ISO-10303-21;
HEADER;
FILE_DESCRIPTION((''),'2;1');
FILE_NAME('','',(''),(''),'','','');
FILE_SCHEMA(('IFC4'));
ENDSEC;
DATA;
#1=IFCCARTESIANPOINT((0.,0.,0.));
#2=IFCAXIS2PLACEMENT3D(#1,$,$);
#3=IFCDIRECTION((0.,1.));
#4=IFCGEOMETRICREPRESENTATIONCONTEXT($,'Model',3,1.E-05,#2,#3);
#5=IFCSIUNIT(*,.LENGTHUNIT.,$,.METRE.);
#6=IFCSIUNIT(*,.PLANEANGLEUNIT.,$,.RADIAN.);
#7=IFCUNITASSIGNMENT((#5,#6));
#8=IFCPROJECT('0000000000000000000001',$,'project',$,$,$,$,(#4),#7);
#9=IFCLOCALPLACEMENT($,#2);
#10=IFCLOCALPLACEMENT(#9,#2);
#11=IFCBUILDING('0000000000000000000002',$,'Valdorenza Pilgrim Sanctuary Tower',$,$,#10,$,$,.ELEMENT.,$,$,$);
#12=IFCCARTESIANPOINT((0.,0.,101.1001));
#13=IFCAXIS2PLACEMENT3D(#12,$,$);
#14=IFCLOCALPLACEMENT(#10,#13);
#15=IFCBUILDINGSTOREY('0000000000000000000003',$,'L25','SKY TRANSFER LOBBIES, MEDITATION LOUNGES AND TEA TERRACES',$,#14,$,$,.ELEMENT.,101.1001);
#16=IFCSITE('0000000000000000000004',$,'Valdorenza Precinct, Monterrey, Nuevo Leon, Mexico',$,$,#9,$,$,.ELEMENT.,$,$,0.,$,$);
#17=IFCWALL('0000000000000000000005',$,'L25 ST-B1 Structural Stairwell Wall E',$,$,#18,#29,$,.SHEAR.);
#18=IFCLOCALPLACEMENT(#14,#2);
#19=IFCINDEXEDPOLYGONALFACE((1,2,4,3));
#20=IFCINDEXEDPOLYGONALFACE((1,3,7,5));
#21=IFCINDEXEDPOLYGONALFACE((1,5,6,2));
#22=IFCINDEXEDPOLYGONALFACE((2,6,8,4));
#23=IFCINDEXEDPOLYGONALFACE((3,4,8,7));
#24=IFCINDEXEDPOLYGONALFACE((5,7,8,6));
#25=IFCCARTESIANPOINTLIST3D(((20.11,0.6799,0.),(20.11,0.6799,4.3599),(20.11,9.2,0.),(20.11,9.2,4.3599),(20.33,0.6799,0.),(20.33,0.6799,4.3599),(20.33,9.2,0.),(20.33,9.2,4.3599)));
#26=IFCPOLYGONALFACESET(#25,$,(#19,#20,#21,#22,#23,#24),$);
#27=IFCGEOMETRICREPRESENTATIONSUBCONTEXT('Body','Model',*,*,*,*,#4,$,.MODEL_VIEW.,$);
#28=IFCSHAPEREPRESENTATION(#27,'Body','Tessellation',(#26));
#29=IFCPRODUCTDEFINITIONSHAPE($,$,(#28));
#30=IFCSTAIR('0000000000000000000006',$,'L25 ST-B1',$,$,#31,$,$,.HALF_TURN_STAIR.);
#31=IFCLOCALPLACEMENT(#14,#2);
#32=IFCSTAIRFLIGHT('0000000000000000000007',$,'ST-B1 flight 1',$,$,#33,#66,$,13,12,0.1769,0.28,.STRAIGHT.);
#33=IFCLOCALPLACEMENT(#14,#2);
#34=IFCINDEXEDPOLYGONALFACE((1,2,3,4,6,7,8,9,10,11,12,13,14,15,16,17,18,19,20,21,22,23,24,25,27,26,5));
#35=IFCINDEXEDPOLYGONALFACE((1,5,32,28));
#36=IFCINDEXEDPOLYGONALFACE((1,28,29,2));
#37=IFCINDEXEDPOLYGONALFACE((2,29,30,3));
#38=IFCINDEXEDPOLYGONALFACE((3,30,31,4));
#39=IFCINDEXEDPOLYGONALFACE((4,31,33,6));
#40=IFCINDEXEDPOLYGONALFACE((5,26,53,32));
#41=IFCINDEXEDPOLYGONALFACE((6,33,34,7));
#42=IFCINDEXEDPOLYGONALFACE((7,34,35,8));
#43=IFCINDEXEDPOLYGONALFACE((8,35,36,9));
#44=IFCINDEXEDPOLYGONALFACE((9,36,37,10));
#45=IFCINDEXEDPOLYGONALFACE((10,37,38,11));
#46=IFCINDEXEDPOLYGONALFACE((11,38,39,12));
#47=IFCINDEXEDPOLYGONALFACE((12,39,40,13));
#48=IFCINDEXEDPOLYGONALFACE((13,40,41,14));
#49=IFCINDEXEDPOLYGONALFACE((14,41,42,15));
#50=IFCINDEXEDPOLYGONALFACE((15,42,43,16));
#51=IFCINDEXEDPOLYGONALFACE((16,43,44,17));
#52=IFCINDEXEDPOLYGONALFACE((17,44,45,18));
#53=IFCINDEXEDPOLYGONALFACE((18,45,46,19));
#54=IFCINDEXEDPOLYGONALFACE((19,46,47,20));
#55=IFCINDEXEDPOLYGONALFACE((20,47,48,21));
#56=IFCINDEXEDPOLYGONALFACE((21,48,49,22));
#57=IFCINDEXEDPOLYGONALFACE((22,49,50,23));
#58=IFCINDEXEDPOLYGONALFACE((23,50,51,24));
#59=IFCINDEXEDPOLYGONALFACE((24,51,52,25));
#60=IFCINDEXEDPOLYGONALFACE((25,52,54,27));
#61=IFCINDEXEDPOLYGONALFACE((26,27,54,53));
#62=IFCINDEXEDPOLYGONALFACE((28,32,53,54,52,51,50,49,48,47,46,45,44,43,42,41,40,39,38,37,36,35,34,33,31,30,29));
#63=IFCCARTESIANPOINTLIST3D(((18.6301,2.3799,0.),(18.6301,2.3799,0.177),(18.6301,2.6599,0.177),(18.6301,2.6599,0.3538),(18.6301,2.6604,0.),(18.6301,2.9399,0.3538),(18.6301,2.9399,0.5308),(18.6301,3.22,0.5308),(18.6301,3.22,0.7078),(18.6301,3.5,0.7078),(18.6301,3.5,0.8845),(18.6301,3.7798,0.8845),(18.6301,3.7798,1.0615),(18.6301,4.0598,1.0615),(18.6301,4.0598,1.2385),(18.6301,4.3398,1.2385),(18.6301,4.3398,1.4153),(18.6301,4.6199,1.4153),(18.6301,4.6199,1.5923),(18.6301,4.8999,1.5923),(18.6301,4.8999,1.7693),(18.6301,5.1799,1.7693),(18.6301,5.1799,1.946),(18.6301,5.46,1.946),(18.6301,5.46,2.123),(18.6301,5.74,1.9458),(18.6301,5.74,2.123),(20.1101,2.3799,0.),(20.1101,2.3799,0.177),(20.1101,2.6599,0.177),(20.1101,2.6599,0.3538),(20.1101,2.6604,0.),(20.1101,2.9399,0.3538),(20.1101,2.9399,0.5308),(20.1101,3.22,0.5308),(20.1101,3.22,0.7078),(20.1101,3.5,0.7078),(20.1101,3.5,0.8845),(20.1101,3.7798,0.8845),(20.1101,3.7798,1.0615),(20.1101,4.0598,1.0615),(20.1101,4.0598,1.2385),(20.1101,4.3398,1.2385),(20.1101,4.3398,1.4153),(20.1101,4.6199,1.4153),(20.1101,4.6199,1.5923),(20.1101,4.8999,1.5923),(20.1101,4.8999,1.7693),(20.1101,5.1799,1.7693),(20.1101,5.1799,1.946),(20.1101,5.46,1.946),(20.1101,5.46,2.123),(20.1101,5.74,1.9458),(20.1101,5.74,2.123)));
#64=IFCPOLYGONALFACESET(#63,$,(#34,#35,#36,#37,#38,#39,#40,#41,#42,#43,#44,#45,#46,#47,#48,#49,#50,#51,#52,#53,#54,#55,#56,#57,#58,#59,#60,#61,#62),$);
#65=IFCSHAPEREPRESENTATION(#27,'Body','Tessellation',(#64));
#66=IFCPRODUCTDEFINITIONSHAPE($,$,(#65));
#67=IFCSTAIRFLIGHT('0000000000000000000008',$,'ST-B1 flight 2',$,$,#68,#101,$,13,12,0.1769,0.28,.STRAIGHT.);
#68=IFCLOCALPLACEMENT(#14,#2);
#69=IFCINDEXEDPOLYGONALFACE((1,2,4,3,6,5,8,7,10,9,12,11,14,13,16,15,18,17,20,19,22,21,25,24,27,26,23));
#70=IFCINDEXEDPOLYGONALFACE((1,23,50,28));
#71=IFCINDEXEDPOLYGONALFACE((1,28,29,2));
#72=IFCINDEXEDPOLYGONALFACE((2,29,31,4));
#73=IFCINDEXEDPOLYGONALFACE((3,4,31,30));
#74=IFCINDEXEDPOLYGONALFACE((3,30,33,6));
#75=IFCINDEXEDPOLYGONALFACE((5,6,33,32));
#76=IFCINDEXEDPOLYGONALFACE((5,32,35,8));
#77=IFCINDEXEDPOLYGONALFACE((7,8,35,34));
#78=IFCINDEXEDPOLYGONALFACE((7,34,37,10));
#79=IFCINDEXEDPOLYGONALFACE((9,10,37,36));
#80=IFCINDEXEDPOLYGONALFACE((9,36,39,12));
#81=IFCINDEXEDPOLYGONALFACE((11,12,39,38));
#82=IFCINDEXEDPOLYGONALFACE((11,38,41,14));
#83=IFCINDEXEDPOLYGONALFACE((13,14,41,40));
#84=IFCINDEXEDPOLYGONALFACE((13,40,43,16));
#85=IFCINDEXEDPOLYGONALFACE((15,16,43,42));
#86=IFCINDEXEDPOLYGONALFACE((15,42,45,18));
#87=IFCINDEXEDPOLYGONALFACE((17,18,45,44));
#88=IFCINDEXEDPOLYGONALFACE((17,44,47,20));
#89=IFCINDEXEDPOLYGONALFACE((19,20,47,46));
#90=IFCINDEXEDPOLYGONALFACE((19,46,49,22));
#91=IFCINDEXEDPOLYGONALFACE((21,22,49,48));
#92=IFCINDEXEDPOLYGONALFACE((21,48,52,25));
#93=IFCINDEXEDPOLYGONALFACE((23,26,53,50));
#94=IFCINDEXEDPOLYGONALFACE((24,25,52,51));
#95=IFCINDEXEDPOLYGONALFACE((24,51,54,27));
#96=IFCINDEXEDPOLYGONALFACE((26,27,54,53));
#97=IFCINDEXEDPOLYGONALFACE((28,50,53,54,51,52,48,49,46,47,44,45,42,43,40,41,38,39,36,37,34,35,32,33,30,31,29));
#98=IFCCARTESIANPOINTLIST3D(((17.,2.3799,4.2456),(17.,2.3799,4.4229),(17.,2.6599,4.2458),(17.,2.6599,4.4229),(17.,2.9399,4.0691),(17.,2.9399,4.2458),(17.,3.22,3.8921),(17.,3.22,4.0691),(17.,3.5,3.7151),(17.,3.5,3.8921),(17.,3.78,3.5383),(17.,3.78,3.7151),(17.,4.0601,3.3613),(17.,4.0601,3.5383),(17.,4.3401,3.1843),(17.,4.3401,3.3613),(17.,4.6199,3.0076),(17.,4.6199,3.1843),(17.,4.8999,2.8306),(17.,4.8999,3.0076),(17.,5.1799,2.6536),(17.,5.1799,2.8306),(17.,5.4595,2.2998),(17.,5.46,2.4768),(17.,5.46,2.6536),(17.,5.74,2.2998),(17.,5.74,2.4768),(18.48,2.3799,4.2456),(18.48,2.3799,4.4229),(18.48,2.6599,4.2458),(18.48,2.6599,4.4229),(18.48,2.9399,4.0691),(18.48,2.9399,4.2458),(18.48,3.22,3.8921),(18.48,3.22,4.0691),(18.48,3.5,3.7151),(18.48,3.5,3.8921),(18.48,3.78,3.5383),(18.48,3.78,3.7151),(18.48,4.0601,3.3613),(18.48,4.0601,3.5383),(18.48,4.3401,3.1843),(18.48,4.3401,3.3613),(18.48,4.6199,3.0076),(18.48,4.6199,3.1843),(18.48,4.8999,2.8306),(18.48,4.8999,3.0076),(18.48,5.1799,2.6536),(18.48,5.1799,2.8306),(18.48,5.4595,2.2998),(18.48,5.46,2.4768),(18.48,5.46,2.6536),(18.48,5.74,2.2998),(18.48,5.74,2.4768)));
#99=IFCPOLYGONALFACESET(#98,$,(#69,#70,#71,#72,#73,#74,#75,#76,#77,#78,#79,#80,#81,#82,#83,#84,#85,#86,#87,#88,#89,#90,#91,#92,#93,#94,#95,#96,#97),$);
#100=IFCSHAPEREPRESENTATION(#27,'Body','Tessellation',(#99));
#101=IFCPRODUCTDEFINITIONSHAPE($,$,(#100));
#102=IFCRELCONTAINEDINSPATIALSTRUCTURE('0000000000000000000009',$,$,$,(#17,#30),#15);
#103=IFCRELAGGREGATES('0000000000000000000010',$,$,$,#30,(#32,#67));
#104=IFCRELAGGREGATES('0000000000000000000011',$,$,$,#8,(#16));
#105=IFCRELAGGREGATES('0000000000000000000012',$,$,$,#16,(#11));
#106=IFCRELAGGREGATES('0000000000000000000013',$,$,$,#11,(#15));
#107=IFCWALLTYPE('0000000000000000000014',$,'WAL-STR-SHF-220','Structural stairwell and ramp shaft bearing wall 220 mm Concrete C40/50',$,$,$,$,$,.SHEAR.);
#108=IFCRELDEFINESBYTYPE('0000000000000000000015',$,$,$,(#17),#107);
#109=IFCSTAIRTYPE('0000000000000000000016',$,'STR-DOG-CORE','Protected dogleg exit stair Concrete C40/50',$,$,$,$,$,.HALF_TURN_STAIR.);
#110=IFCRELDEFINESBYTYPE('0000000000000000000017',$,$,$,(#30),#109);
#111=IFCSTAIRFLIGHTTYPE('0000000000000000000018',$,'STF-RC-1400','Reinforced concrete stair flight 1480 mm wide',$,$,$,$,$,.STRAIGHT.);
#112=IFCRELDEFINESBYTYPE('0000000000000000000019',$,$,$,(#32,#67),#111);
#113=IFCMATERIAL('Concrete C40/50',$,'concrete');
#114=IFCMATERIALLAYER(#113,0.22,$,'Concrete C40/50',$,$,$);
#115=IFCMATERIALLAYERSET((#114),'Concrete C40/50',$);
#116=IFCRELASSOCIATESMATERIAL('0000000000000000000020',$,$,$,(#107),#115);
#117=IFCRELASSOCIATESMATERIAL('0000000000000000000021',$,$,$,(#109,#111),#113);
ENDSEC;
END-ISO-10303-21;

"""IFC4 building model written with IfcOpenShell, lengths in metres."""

from ifc_helpers import new_model, si_unit, direction, frame, frame_2d, origin, place, context, subcontext, project, spatial, polyline, rectangle, outline, extrude, material, layer, layer_set, type_object, element, aggregate, save


model = new_model("IFC4")

# Units and contexts
model_context = context("Model", 3, precision=1e-05, world=origin(), true_north=direction((0.0, 1.0)))
body_context = subcontext(model_context, "Body", "Model", "MODEL_VIEW")
ifc_project = project(units=[si_unit("LENGTHUNIT", "METRE"), si_unit("PLANEANGLEUNIT", "RADIAN")], contexts=[model_context])

# Site, building, storey
site_placement = place(None, origin())
site = spatial("IfcSite", under=ifc_project, at=site_placement, Name="Valdorenza Precinct, Monterrey, Nuevo Leon, Mexico", CompositionType="ELEMENT", RefElevation=0.0)
building_placement = place(site_placement, origin())
building = spatial("IfcBuilding", under=site, at=building_placement, Name="Valdorenza Pilgrim Sanctuary Tower", CompositionType="ELEMENT")
storey_placement = place(building_placement, frame((0.0, 0.0, 101.1001)))
storey = spatial("IfcBuildingStorey", under=building, at=storey_placement, Name="L25", Description="SKY TRANSFER LOBBIES, MEDITATION LOUNGES AND TEA TERRACES", CompositionType="ELEMENT", Elevation=101.1001)

# Wall
ifc_material_1 = material(Name="Concrete C40/50", Category="concrete")
ifc_layer_1 = layer(ifc_material_1, 0.22, Name="Concrete C40/50")
ifc_layer_set_1 = layer_set([ifc_layer_1], Name="Concrete C40/50")
wall_type_1 = type_object("IfcWallType", Name="WAL-STR-SHF-220", Description="Structural stairwell and ramp shaft bearing wall 220 mm Concrete C40/50", PredefinedType="SHEAR", material=ifc_layer_set_1)
wall_1_placement = place(storey_placement, frame((20.22, 0.6799, 0.0), z_axis=(0.0, 0.0, 1.0), x_axis=(0.0, 1.0, 0.0)))
element("IfcWall", 1, at=wall_1_placement, inside=storey, type_object=wall_type_1, Name="L25 ST-B1 Structural Stairwell Wall E", PredefinedType="SHEAR", context=body_context, shape_type="SweptSolid", body=[
    extrude(rectangle(XDim=8.52, YDim=0.22, at=frame_2d((4.26, 0.0))), origin(), (0.0, 0.0, 1.0), 4.3599),
])

# Stair, stair flights
stair_type = type_object("IfcStairType", Name="STR-DOG-CORE", Description="Protected dogleg exit stair Concrete C40/50", PredefinedType="HALF_TURN_STAIR", material=ifc_material_1)
stair_placement = place(storey_placement, origin())
stair = element("IfcStair", 2, at=stair_placement, inside=storey, type_object=stair_type, Name="L25 ST-B1", PredefinedType="HALF_TURN_STAIR")
stair_flight_type = type_object("IfcStairFlightType", Name="STF-RC-1400", Description="Reinforced concrete stair flight 1480 mm wide", PredefinedType="STRAIGHT", material=ifc_material_1)
stair_flight_1_placement = place(storey_placement, frame((19.3701, 2.3799, 0.0), z_axis=(0.0, 0.0, 1.0), x_axis=(0.0, 1.0, 0.0)))
stair_flight_1 = element("IfcStairFlight", 3, at=stair_flight_1_placement, type_object=stair_flight_type, Name="ST-B1 flight 1", NumberOfRisers=13, NumberOfTreads=12, PredefinedType="STRAIGHT", RiserHeight=0.1769, TreadLength=0.28, context=body_context, shape_type="SweptSolid", body=[
    extrude(outline(polyline([(0.0, 0.0), (0.0, 0.177), (0.28, 0.177), (0.28, 0.3538), (0.5601, 0.3538), (0.5601, 0.5308), (0.8401, 0.5308), (0.8401, 0.7078), (1.1201, 0.7078), (1.1201, 0.8845), (1.3999, 0.8845), (1.3999, 1.0615), (1.6799, 1.0615), (1.6799, 1.2385), (1.96, 1.2385), (1.96, 1.4153), (2.24, 1.4153), (2.24, 1.5923), (2.52, 1.5923), (2.52, 1.7693), (2.8, 1.7693), (2.8, 1.946), (3.0801, 1.946), (3.0801, 2.123), (3.3601, 2.123), (3.3601, 2.3), (3.3601, 1.9458), (0.2805, 0.0), (0.0, 0.0)])), frame((0.0, 0.74, 0.0), z_axis=(0.0, -1.0, 0.0), x_axis=(1.0, 0.0, 0.0)), (0.0, 0.0, 1.0), 1.48),
])
stair_flight_2_placement = place(storey_placement, frame((17.74, 5.74, 2.2998), z_axis=(0.0, 0.0, 1.0), x_axis=(0.0, -1.0, 0.0)))
stair_flight_2 = element("IfcStairFlight", 4, at=stair_flight_2_placement, type_object=stair_flight_type, Name="ST-B1 flight 2", NumberOfRisers=13, NumberOfTreads=12, PredefinedType="STRAIGHT", RiserHeight=0.1769, TreadLength=0.28, context=body_context, shape_type="SweptSolid", body=[
    extrude(outline(polyline([(0.0, 0.0), (0.0, 0.177), (0.28, 0.177), (0.28, 0.3538), (0.5601, 0.3538), (0.5601, 0.5308), (0.8401, 0.5308), (0.8401, 0.7078), (1.1201, 0.7078), (1.1201, 0.8845), (1.3999, 0.8845), (1.3999, 1.0615), (1.6799, 1.0615), (1.6799, 1.2385), (1.96, 1.2385), (1.96, 1.4153), (2.24, 1.4153), (2.24, 1.5923), (2.52, 1.5923), (2.52, 1.7693), (2.8, 1.7693), (2.8, 1.946), (3.0801, 1.946), (3.0801, 2.123), (3.3601, 2.123), (3.3601, 2.3), (3.3601, 1.9458), (0.2805, 0.0), (0.0, 0.0)])), frame((0.0, 0.74, 0.0), z_axis=(0.0, -1.0, 0.0), x_axis=(1.0, 0.0, 0.0)), (0.0, 0.0, 1.0), 1.48),
])
aggregate(stair, [stair_flight_1, stair_flight_2])

save(model, "model.ifc")
